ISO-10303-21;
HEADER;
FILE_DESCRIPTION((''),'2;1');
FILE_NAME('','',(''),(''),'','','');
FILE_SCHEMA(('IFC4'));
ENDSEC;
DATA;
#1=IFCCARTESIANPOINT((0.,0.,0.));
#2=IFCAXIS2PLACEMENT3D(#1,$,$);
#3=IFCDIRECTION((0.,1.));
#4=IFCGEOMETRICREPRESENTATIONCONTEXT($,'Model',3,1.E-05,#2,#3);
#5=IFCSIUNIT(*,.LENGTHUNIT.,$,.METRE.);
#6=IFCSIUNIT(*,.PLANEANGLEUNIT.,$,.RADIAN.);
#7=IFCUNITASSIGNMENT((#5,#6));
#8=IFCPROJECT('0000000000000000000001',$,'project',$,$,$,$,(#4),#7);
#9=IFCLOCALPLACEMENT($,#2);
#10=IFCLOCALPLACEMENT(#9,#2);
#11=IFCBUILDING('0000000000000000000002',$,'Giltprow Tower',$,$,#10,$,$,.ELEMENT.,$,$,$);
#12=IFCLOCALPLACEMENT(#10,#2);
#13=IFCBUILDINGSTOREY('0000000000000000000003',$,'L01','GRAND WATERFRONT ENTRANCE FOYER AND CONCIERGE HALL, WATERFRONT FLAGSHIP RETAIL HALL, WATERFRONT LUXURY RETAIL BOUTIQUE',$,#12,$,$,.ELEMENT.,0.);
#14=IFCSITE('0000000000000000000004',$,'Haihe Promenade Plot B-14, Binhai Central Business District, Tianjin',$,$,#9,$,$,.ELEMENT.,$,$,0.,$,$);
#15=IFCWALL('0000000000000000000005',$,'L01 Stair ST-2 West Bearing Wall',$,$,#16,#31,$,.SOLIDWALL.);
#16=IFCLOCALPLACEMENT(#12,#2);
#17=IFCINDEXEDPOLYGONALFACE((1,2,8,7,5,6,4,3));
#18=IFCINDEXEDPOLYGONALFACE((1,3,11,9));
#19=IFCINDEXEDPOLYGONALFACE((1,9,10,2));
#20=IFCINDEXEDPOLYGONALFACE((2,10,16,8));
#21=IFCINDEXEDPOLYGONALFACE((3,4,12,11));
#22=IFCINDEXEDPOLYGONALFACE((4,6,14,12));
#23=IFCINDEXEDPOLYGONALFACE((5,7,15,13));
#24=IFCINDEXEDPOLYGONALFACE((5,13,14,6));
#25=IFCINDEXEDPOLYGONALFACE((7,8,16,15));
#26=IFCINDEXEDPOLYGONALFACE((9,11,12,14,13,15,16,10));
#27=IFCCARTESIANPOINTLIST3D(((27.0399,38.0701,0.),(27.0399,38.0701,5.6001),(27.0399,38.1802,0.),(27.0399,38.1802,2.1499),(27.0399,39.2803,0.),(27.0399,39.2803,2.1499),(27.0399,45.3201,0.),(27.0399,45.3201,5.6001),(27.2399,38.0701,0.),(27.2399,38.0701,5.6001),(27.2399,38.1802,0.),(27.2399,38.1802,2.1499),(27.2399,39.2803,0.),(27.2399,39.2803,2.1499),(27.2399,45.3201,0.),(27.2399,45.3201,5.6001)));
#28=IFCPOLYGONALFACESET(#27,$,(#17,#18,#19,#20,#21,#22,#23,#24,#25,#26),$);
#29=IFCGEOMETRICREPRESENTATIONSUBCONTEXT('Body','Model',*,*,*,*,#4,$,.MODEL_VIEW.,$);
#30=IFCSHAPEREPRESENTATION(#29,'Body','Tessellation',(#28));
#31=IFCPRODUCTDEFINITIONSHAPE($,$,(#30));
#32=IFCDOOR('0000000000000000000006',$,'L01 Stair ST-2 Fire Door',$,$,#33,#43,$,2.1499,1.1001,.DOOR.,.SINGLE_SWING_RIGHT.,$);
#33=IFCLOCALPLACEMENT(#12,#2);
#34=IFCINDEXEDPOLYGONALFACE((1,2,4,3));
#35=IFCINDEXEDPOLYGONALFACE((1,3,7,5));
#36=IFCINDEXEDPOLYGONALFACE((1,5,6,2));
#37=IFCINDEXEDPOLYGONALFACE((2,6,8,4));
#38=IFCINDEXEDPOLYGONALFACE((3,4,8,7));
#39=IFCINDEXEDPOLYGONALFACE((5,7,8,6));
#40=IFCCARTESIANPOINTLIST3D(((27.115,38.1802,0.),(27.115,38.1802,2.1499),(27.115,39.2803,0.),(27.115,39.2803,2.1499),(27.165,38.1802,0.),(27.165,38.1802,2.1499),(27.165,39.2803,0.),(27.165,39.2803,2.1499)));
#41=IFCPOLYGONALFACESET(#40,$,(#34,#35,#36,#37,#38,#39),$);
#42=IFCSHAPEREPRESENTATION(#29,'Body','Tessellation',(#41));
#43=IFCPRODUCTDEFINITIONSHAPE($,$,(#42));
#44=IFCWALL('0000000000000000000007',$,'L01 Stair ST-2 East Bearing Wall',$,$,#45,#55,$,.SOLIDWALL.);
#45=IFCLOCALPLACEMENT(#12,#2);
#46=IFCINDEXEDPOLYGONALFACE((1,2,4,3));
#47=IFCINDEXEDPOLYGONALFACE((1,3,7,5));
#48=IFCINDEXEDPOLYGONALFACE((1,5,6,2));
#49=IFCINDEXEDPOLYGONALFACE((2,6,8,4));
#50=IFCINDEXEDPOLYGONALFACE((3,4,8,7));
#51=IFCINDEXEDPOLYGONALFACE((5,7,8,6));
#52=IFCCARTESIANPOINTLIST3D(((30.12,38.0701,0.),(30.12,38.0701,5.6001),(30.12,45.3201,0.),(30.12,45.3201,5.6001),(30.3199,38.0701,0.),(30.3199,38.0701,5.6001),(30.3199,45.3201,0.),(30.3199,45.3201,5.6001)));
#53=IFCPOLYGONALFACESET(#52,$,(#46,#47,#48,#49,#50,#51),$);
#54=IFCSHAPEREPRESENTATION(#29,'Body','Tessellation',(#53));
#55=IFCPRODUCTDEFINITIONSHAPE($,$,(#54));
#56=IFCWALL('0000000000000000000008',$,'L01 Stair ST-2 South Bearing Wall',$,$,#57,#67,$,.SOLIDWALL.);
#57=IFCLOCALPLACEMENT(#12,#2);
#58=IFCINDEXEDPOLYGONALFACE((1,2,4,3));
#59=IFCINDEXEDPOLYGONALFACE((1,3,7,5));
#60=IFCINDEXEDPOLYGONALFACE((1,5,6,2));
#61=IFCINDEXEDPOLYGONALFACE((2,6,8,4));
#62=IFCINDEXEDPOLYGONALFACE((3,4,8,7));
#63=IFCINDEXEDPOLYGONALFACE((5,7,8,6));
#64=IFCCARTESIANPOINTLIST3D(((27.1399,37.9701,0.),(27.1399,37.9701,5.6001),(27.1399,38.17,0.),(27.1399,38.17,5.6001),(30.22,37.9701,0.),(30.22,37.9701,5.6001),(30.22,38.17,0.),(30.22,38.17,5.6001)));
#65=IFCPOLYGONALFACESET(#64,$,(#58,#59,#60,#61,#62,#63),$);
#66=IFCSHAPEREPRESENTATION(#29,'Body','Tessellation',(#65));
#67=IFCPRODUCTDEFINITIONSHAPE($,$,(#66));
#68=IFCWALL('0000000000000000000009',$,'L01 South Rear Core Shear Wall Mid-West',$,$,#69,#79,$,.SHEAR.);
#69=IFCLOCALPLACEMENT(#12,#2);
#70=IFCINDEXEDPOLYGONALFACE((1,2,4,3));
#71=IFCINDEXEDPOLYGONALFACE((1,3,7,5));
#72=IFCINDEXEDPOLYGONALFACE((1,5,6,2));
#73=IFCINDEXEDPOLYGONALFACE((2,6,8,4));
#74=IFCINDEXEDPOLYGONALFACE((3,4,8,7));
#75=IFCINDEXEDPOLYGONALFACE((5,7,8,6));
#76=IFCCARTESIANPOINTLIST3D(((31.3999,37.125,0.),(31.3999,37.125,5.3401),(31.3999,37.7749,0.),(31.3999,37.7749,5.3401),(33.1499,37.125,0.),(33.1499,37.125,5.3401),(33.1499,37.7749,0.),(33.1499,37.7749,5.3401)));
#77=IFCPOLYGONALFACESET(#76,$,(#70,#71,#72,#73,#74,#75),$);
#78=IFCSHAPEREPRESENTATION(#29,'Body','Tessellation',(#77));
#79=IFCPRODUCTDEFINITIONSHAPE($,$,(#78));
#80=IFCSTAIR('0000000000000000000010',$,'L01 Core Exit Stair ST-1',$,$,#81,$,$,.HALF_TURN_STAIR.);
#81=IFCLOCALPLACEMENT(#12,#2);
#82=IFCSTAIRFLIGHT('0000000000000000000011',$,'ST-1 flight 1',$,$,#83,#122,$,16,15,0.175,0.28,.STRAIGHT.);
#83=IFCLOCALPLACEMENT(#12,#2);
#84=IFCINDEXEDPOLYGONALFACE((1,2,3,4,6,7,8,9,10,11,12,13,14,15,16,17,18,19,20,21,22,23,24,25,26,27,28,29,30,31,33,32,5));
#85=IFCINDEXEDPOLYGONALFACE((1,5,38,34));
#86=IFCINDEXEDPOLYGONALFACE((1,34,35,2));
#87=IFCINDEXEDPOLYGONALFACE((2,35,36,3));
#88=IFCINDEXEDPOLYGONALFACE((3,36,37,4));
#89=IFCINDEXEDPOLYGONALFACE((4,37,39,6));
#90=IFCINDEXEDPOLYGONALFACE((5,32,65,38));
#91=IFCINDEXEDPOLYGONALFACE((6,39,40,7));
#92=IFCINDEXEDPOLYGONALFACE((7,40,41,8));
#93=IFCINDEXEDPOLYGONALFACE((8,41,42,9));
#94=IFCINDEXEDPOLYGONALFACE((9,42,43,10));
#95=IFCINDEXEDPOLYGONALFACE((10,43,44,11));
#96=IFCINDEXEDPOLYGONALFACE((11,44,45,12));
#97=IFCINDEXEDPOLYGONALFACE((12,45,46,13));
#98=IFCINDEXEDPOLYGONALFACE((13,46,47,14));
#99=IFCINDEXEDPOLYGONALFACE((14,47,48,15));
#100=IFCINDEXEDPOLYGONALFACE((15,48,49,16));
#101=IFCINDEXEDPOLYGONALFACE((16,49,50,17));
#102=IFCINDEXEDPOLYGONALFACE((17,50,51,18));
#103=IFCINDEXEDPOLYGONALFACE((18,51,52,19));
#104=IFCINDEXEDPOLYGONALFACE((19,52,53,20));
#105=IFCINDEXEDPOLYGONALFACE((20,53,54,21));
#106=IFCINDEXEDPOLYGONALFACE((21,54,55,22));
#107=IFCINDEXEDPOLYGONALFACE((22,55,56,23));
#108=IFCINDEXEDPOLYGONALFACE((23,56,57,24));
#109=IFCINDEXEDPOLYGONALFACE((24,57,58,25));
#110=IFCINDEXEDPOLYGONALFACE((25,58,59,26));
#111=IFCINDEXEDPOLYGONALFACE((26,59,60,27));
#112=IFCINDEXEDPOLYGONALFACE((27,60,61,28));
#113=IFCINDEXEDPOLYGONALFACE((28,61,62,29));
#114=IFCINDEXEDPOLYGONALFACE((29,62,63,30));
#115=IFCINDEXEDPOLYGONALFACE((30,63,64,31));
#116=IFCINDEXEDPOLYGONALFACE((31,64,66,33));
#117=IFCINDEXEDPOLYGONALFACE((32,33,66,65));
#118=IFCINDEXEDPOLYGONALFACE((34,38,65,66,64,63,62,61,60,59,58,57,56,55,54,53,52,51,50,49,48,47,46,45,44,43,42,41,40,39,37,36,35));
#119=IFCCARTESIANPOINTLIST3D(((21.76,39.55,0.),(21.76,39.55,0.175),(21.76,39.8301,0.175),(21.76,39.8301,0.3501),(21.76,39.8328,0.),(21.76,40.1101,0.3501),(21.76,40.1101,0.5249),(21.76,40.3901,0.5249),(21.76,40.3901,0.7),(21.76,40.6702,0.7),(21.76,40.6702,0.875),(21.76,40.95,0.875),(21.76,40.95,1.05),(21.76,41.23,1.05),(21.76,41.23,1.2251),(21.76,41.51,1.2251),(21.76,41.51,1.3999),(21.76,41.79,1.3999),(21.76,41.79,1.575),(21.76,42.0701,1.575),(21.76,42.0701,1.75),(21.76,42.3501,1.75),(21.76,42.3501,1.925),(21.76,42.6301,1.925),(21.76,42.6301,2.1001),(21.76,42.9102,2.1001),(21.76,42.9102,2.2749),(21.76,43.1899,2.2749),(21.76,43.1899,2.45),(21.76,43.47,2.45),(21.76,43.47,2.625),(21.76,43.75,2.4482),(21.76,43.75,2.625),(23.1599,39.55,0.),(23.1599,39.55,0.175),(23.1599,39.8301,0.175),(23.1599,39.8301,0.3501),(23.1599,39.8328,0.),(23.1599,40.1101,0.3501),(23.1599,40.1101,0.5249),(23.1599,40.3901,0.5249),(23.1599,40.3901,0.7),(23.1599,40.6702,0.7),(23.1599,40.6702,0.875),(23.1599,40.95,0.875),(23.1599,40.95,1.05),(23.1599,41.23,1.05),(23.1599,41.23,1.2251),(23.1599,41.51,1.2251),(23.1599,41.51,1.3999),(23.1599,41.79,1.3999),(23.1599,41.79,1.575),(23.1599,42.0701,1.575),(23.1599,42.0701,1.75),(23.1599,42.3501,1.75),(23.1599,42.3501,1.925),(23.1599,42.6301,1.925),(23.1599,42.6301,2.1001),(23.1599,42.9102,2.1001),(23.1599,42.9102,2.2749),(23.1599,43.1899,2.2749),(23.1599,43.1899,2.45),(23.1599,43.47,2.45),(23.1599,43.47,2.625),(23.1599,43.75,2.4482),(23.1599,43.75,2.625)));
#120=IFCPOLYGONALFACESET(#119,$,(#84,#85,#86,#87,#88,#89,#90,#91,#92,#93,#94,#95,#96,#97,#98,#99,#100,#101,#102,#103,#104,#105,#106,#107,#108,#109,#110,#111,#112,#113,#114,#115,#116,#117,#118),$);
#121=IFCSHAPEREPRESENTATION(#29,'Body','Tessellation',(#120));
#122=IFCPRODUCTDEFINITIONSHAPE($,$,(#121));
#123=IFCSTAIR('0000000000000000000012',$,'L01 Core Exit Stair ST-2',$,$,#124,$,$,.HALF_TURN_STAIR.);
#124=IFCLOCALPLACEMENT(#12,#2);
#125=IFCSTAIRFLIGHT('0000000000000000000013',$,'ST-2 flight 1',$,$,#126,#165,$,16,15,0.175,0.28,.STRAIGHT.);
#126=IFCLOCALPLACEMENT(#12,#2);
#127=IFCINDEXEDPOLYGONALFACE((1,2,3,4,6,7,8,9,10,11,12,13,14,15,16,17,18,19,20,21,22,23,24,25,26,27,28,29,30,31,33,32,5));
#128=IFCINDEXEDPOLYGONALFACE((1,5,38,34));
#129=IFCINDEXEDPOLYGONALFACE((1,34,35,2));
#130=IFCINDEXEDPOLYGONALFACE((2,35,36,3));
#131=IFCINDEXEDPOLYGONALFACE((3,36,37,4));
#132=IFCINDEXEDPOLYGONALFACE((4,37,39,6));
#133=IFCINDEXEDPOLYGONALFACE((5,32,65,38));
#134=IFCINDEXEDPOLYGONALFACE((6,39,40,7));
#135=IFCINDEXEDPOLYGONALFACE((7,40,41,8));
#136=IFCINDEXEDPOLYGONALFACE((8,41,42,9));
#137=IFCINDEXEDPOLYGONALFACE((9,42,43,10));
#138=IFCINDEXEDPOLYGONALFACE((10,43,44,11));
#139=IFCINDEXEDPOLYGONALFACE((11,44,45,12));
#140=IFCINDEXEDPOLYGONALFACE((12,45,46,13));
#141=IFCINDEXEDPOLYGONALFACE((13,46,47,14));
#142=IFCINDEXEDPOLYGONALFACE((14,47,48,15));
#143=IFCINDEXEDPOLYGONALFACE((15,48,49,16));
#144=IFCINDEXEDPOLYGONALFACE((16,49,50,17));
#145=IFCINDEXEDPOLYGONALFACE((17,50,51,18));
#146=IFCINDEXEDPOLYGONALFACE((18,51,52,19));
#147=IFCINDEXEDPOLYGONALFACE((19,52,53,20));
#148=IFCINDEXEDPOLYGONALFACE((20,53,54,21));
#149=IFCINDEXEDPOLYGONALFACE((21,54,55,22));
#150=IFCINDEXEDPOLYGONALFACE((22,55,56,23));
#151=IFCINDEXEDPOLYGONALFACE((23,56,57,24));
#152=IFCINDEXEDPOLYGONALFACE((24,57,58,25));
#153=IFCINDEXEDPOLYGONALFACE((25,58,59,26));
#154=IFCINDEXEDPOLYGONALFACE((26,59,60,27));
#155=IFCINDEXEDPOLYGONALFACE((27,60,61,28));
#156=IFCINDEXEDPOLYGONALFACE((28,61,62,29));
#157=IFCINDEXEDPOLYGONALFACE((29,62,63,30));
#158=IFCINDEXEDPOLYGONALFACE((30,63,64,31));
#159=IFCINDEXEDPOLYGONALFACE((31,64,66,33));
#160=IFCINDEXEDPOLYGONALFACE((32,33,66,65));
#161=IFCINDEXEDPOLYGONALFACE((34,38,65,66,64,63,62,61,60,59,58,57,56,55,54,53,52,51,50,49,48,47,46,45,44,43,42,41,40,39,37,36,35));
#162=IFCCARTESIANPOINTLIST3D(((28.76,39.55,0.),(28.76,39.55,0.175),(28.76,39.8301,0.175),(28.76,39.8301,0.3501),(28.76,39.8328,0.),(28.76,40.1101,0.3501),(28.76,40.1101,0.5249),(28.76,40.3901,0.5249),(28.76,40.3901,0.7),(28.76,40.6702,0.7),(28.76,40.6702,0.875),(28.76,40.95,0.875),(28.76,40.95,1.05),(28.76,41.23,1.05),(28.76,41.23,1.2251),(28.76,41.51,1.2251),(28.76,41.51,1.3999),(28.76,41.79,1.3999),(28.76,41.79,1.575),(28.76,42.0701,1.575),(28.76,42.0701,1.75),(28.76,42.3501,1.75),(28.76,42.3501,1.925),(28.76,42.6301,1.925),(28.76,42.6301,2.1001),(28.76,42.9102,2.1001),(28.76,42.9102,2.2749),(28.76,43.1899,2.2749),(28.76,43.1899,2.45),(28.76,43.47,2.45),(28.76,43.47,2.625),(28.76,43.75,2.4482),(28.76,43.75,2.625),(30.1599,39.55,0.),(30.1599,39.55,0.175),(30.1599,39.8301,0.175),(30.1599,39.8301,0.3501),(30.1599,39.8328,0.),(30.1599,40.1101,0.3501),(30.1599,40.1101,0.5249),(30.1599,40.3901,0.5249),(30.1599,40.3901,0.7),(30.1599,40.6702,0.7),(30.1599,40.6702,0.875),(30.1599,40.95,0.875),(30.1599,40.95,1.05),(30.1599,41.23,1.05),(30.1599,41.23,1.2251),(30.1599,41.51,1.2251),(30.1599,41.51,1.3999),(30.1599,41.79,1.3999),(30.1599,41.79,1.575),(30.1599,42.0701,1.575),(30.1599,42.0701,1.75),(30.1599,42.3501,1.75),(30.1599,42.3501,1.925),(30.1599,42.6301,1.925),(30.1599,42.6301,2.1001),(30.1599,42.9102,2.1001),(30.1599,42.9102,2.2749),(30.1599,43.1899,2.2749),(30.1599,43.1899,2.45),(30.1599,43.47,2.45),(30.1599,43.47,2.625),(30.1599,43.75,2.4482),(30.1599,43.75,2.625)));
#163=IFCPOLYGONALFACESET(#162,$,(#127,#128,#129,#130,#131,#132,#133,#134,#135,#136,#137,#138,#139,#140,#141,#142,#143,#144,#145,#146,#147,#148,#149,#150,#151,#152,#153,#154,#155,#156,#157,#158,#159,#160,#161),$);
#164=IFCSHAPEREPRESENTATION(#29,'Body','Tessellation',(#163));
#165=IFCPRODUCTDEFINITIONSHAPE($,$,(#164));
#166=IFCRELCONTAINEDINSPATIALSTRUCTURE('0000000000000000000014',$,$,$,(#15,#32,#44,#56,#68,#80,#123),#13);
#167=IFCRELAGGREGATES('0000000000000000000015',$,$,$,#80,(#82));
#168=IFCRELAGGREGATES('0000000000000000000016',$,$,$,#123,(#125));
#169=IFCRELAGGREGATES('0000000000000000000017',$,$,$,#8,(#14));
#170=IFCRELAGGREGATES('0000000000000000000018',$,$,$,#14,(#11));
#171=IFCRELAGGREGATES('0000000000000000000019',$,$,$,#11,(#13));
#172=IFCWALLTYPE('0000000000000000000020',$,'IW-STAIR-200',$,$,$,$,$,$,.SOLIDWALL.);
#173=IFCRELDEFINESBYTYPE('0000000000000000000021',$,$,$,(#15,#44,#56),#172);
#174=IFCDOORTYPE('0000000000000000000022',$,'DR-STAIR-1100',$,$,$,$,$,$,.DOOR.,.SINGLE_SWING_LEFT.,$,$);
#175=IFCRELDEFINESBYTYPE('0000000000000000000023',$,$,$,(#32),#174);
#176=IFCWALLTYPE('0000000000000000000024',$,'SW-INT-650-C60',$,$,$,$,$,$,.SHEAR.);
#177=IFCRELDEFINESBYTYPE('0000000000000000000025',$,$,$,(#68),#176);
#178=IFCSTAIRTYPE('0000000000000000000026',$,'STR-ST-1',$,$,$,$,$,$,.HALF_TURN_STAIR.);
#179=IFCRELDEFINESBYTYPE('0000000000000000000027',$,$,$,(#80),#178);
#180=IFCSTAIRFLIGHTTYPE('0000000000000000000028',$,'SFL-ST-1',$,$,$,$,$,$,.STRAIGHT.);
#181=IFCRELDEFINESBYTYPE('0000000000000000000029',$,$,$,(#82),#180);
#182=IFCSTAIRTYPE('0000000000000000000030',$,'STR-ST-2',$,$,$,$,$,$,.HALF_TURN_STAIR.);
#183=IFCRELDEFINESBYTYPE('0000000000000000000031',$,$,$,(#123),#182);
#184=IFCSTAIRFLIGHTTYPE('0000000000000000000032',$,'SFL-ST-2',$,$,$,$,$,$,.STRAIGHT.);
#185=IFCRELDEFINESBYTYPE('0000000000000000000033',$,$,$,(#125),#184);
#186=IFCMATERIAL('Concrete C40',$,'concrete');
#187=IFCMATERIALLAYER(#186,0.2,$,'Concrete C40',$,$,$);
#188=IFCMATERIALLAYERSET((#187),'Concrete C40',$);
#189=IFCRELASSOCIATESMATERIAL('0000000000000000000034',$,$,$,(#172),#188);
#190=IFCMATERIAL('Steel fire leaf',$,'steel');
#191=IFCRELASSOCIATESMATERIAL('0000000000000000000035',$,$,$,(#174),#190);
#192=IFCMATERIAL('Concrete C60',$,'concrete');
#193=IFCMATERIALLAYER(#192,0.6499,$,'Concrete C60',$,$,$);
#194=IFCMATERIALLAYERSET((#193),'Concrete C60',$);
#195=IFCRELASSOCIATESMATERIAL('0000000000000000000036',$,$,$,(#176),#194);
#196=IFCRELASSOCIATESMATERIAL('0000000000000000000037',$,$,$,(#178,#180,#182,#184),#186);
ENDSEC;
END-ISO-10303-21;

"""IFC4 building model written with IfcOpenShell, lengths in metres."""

from ifc_helpers import new_model, si_unit, direction, frame, frame_2d, origin, place, context, subcontext, project, spatial, polyline, rectangle, outline, extrude, source, transform, mapped, material, layer, layer_set, type_object, element, fill, aggregate, save


model = new_model("IFC4")

# Units and contexts
model_context = context("Model", 3, precision=1e-05, world=origin(), true_north=direction((0.0, 1.0)))
body_context = subcontext(model_context, "Body", "Model", "MODEL_VIEW")
ifc_project = project(units=[si_unit("LENGTHUNIT", "METRE"), si_unit("PLANEANGLEUNIT", "RADIAN")], contexts=[model_context])

# Site, building, storey
site_placement = place(None, origin())
site = spatial("IfcSite", under=ifc_project, at=site_placement, Name="Haihe Promenade Plot B-14, Binhai Central Business District, Tianjin", CompositionType="ELEMENT", RefElevation=0.0)
building_placement = place(site_placement, origin())
building = spatial("IfcBuilding", under=site, at=building_placement, Name="Giltprow Tower", CompositionType="ELEMENT")
storey_placement = place(building_placement, origin())
storey = spatial("IfcBuildingStorey", under=building, at=storey_placement, Name="L01", Description="GRAND WATERFRONT ENTRANCE FOYER AND CONCIERGE HALL, WATERFRONT FLAGSHIP RETAIL HALL, WATERFRONT LUXURY RETAIL BOUTIQUE", CompositionType="ELEMENT", Elevation=0.0)

# Shared definitions
ifc_material_1 = material(Name="Concrete C60", Category="concrete")

# Shared definitions
ifc_material_2 = material(Name="Concrete C40", Category="concrete")

# Wall, opening, door
ifc_layer_1 = layer(ifc_material_2, 0.2, Name="Concrete C40")
ifc_layer_set_1 = layer_set([ifc_layer_1], Name="Concrete C40")
wall_type_1 = type_object("IfcWallType", Name="IW-STAIR-200", PredefinedType="SOLIDWALL", material=ifc_layer_set_1)
ifc_material_3 = material(Name="Steel fire leaf", Category="steel")
door_type_1 = type_object("IfcDoorType", Name="DR-STAIR-1100", OperationType="SINGLE_SWING_LEFT", PredefinedType="DOOR", material=ifc_material_3)
shared_shape_1 = source(origin(), body_context, "Body", "SweptSolid", [
    extrude(rectangle(XDim=1.1001, YDim=2.1499, at=frame_2d((0.55, 1.075))), frame((0.0, 0.0249, 0.0), z_axis=(0.0, -1.0, 0.0), x_axis=(1.0, 0.0, 0.0)), (0.0, 0.0, 1.0), 0.05),
])
wall_1_placement = place(storey_placement, frame((27.1399, 38.0701, 0.0), z_axis=(0.0, 0.0, 1.0), x_axis=(0.0, 1.0, 0.0)))
wall_1 = element("IfcWall", 1, at=wall_1_placement, inside=storey, type_object=wall_type_1, Name="L01 Stair ST-2 West Bearing Wall", PredefinedType="SOLIDWALL", context=body_context, shape_type="SweptSolid", body=[
    extrude(rectangle(XDim=7.25, YDim=0.2, at=frame_2d((3.625, 0.0))), origin(), (0.0, 0.0, 1.0), 5.6001),
])
opening_1_placement = place(wall_1_placement, frame((0.1101, 0.0, 0.0)))
opening_1 = element("IfcOpeningElement", 2, at=opening_1_placement, cuts=wall_1, PredefinedType="OPENING", context=body_context, shape_type="SweptSolid", body=[
    extrude(rectangle(XDim=1.1001, YDim=2.1499, at=frame_2d((0.55, 1.075))), frame((0.0, 0.1099, 0.0), z_axis=(0.0, -1.0, 0.0), x_axis=(1.0, 0.0, 0.0)), (0.0, 0.0, 1.0), 0.22),
])
door_1_placement = place(opening_1_placement, origin())
door_1 = element("IfcDoor", 3, at=door_1_placement, inside=storey, type_object=door_type_1, Name="L01 Stair ST-2 Fire Door", OperationType="SINGLE_SWING_RIGHT", OverallHeight=2.1499, OverallWidth=1.1001, PredefinedType="DOOR", context=body_context, shape_type="MappedRepresentation", body=[
    mapped(shared_shape_1, transform((0.0, 0.0, 0.0), x_axis=(1.0, 0.0, 0.0), y_axis=(0.0, 1.0, 0.0), z_axis=(0.0, 0.0, 1.0), scale=1.0)),
])
fill(opening_1, door_1)

# Walls
wall_2_placement = place(storey_placement, frame((30.22, 38.0701, 0.0), z_axis=(0.0, 0.0, 1.0), x_axis=(0.0, 1.0, 0.0)))
element("IfcWall", 4, at=wall_2_placement, inside=storey, type_object=wall_type_1, Name="L01 Stair ST-2 East Bearing Wall", PredefinedType="SOLIDWALL", context=body_context, shape_type="SweptSolid", body=[
    extrude(rectangle(XDim=7.25, YDim=0.2, at=frame_2d((3.625, 0.0))), origin(), (0.0, 0.0, 1.0), 5.6001),
])
wall_3_placement = place(storey_placement, frame((27.1399, 38.0701, 0.0), z_axis=(0.0, 0.0, 1.0), x_axis=(1.0, 0.0, 0.0)))
element("IfcWall", 5, at=wall_3_placement, inside=storey, type_object=wall_type_1, Name="L01 Stair ST-2 South Bearing Wall", PredefinedType="SOLIDWALL", context=body_context, shape_type="SweptSolid", body=[
    extrude(rectangle(XDim=3.0801, YDim=0.2, at=frame_2d((1.54, 0.0))), origin(), (0.0, 0.0, 1.0), 5.6001),
])
ifc_layer_2 = layer(ifc_material_1, 0.6499, Name="Concrete C60")
ifc_layer_set_2 = layer_set([ifc_layer_2], Name="Concrete C60")
wall_type_2 = type_object("IfcWallType", Name="SW-INT-650-C60", PredefinedType="SHEAR", material=ifc_layer_set_2)
wall_4_placement = place(storey_placement, frame((31.3999, 37.45, 0.0), z_axis=(0.0, 0.0, 1.0), x_axis=(1.0, 0.0, 0.0)))
element("IfcWall", 6, at=wall_4_placement, inside=storey, type_object=wall_type_2, Name="L01 South Rear Core Shear Wall Mid-West", PredefinedType="SHEAR", context=body_context, shape_type="SweptSolid", body=[
    extrude(rectangle(XDim=1.75, YDim=0.6499, at=frame_2d((0.875, 0.0))), origin(), (0.0, 0.0, 1.0), 5.3401),
])

# Stairs, stair flights
stair_type_1 = type_object("IfcStairType", Name="STR-ST-1", PredefinedType="HALF_TURN_STAIR", material=ifc_material_2)
stair_1_placement = place(storey_placement, origin())
stair_1 = element("IfcStair", 7, at=stair_1_placement, inside=storey, type_object=stair_type_1, Name="L01 Core Exit Stair ST-1", PredefinedType="HALF_TURN_STAIR")
stair_flight_type_1 = type_object("IfcStairFlightType", Name="SFL-ST-1", PredefinedType="STRAIGHT", material=ifc_material_2)
stair_flight_1_placement = place(storey_placement, frame((22.46, 39.55, 0.0), z_axis=(0.0, 0.0, 1.0), x_axis=(0.0, 1.0, 0.0)))
stair_flight_1 = element("IfcStairFlight", 8, at=stair_flight_1_placement, type_object=stair_flight_type_1, Name="ST-1 flight 1", NumberOfRisers=16, NumberOfTreads=15, PredefinedType="STRAIGHT", RiserHeight=0.175, TreadLength=0.28, context=body_context, shape_type="SweptSolid", body=[
    extrude(outline(polyline([(0.0, 0.0), (0.0, 0.175), (0.28, 0.175), (0.28, 0.3501), (0.5601, 0.3501), (0.5601, 0.5249), (0.8401, 0.5249), (0.8401, 0.7), (1.1201, 0.7), (1.1201, 0.875), (1.3999, 0.875), (1.3999, 1.05), (1.6799, 1.05), (1.6799, 1.2251), (1.96, 1.2251), (1.96, 1.3999), (2.24, 1.3999), (2.24, 1.575), (2.52, 1.575), (2.52, 1.75), (2.8, 1.75), (2.8, 1.925), (3.0801, 1.925), (3.0801, 2.1001), (3.3601, 2.1001), (3.3601, 2.2749), (3.6399, 2.2749), (3.6399, 2.45), (3.9199, 2.45), (3.9199, 2.625), (4.2, 2.625), (4.2, 2.8), (4.2, 2.4482), (0.2827, 0.0), (0.0, 0.0)])), frame((0.0, 0.7, 0.0), z_axis=(0.0, -1.0, 0.0), x_axis=(1.0, 0.0, 0.0)), (0.0, 0.0, 1.0), 1.3999),
])
aggregate(stair_1, [stair_flight_1])
stair_type_2 = type_object("IfcStairType", Name="STR-ST-2", PredefinedType="HALF_TURN_STAIR", material=ifc_material_2)
stair_2_placement = place(storey_placement, origin())
stair_2 = element("IfcStair", 9, at=stair_2_placement, inside=storey, type_object=stair_type_2, Name="L01 Core Exit Stair ST-2", PredefinedType="HALF_TURN_STAIR")
stair_flight_type_2 = type_object("IfcStairFlightType", Name="SFL-ST-2", PredefinedType="STRAIGHT", material=ifc_material_2)
stair_flight_2_placement = place(storey_placement, frame((29.46, 39.55, 0.0), z_axis=(0.0, 0.0, 1.0), x_axis=(0.0, 1.0, 0.0)))
stair_flight_2 = element("IfcStairFlight", 10, at=stair_flight_2_placement, type_object=stair_flight_type_2, Name="ST-2 flight 1", NumberOfRisers=16, NumberOfTreads=15, PredefinedType="STRAIGHT", RiserHeight=0.175, TreadLength=0.28, context=body_context, shape_type="SweptSolid", body=[
    extrude(outline(polyline([(0.0, 0.0), (0.0, 0.175), (0.28, 0.175), (0.28, 0.3501), (0.5601, 0.3501), (0.5601, 0.5249), (0.8401, 0.5249), (0.8401, 0.7), (1.1201, 0.7), (1.1201, 0.875), (1.3999, 0.875), (1.3999, 1.05), (1.6799, 1.05), (1.6799, 1.2251), (1.96, 1.2251), (1.96, 1.3999), (2.24, 1.3999), (2.24, 1.575), (2.52, 1.575), (2.52, 1.75), (2.8, 1.75), (2.8, 1.925), (3.0801, 1.925), (3.0801, 2.1001), (3.3601, 2.1001), (3.3601, 2.2749), (3.6399, 2.2749), (3.6399, 2.45), (3.9199, 2.45), (3.9199, 2.625), (4.2, 2.625), (4.2, 2.8), (4.2, 2.4482), (0.2827, 0.0), (0.0, 0.0)])), frame((0.0, 0.7, 0.0), z_axis=(0.0, -1.0, 0.0), x_axis=(1.0, 0.0, 0.0)), (0.0, 0.0, 1.0), 1.3999),
])
aggregate(stair_2, [stair_flight_2])

save(model, "model.ifc")
